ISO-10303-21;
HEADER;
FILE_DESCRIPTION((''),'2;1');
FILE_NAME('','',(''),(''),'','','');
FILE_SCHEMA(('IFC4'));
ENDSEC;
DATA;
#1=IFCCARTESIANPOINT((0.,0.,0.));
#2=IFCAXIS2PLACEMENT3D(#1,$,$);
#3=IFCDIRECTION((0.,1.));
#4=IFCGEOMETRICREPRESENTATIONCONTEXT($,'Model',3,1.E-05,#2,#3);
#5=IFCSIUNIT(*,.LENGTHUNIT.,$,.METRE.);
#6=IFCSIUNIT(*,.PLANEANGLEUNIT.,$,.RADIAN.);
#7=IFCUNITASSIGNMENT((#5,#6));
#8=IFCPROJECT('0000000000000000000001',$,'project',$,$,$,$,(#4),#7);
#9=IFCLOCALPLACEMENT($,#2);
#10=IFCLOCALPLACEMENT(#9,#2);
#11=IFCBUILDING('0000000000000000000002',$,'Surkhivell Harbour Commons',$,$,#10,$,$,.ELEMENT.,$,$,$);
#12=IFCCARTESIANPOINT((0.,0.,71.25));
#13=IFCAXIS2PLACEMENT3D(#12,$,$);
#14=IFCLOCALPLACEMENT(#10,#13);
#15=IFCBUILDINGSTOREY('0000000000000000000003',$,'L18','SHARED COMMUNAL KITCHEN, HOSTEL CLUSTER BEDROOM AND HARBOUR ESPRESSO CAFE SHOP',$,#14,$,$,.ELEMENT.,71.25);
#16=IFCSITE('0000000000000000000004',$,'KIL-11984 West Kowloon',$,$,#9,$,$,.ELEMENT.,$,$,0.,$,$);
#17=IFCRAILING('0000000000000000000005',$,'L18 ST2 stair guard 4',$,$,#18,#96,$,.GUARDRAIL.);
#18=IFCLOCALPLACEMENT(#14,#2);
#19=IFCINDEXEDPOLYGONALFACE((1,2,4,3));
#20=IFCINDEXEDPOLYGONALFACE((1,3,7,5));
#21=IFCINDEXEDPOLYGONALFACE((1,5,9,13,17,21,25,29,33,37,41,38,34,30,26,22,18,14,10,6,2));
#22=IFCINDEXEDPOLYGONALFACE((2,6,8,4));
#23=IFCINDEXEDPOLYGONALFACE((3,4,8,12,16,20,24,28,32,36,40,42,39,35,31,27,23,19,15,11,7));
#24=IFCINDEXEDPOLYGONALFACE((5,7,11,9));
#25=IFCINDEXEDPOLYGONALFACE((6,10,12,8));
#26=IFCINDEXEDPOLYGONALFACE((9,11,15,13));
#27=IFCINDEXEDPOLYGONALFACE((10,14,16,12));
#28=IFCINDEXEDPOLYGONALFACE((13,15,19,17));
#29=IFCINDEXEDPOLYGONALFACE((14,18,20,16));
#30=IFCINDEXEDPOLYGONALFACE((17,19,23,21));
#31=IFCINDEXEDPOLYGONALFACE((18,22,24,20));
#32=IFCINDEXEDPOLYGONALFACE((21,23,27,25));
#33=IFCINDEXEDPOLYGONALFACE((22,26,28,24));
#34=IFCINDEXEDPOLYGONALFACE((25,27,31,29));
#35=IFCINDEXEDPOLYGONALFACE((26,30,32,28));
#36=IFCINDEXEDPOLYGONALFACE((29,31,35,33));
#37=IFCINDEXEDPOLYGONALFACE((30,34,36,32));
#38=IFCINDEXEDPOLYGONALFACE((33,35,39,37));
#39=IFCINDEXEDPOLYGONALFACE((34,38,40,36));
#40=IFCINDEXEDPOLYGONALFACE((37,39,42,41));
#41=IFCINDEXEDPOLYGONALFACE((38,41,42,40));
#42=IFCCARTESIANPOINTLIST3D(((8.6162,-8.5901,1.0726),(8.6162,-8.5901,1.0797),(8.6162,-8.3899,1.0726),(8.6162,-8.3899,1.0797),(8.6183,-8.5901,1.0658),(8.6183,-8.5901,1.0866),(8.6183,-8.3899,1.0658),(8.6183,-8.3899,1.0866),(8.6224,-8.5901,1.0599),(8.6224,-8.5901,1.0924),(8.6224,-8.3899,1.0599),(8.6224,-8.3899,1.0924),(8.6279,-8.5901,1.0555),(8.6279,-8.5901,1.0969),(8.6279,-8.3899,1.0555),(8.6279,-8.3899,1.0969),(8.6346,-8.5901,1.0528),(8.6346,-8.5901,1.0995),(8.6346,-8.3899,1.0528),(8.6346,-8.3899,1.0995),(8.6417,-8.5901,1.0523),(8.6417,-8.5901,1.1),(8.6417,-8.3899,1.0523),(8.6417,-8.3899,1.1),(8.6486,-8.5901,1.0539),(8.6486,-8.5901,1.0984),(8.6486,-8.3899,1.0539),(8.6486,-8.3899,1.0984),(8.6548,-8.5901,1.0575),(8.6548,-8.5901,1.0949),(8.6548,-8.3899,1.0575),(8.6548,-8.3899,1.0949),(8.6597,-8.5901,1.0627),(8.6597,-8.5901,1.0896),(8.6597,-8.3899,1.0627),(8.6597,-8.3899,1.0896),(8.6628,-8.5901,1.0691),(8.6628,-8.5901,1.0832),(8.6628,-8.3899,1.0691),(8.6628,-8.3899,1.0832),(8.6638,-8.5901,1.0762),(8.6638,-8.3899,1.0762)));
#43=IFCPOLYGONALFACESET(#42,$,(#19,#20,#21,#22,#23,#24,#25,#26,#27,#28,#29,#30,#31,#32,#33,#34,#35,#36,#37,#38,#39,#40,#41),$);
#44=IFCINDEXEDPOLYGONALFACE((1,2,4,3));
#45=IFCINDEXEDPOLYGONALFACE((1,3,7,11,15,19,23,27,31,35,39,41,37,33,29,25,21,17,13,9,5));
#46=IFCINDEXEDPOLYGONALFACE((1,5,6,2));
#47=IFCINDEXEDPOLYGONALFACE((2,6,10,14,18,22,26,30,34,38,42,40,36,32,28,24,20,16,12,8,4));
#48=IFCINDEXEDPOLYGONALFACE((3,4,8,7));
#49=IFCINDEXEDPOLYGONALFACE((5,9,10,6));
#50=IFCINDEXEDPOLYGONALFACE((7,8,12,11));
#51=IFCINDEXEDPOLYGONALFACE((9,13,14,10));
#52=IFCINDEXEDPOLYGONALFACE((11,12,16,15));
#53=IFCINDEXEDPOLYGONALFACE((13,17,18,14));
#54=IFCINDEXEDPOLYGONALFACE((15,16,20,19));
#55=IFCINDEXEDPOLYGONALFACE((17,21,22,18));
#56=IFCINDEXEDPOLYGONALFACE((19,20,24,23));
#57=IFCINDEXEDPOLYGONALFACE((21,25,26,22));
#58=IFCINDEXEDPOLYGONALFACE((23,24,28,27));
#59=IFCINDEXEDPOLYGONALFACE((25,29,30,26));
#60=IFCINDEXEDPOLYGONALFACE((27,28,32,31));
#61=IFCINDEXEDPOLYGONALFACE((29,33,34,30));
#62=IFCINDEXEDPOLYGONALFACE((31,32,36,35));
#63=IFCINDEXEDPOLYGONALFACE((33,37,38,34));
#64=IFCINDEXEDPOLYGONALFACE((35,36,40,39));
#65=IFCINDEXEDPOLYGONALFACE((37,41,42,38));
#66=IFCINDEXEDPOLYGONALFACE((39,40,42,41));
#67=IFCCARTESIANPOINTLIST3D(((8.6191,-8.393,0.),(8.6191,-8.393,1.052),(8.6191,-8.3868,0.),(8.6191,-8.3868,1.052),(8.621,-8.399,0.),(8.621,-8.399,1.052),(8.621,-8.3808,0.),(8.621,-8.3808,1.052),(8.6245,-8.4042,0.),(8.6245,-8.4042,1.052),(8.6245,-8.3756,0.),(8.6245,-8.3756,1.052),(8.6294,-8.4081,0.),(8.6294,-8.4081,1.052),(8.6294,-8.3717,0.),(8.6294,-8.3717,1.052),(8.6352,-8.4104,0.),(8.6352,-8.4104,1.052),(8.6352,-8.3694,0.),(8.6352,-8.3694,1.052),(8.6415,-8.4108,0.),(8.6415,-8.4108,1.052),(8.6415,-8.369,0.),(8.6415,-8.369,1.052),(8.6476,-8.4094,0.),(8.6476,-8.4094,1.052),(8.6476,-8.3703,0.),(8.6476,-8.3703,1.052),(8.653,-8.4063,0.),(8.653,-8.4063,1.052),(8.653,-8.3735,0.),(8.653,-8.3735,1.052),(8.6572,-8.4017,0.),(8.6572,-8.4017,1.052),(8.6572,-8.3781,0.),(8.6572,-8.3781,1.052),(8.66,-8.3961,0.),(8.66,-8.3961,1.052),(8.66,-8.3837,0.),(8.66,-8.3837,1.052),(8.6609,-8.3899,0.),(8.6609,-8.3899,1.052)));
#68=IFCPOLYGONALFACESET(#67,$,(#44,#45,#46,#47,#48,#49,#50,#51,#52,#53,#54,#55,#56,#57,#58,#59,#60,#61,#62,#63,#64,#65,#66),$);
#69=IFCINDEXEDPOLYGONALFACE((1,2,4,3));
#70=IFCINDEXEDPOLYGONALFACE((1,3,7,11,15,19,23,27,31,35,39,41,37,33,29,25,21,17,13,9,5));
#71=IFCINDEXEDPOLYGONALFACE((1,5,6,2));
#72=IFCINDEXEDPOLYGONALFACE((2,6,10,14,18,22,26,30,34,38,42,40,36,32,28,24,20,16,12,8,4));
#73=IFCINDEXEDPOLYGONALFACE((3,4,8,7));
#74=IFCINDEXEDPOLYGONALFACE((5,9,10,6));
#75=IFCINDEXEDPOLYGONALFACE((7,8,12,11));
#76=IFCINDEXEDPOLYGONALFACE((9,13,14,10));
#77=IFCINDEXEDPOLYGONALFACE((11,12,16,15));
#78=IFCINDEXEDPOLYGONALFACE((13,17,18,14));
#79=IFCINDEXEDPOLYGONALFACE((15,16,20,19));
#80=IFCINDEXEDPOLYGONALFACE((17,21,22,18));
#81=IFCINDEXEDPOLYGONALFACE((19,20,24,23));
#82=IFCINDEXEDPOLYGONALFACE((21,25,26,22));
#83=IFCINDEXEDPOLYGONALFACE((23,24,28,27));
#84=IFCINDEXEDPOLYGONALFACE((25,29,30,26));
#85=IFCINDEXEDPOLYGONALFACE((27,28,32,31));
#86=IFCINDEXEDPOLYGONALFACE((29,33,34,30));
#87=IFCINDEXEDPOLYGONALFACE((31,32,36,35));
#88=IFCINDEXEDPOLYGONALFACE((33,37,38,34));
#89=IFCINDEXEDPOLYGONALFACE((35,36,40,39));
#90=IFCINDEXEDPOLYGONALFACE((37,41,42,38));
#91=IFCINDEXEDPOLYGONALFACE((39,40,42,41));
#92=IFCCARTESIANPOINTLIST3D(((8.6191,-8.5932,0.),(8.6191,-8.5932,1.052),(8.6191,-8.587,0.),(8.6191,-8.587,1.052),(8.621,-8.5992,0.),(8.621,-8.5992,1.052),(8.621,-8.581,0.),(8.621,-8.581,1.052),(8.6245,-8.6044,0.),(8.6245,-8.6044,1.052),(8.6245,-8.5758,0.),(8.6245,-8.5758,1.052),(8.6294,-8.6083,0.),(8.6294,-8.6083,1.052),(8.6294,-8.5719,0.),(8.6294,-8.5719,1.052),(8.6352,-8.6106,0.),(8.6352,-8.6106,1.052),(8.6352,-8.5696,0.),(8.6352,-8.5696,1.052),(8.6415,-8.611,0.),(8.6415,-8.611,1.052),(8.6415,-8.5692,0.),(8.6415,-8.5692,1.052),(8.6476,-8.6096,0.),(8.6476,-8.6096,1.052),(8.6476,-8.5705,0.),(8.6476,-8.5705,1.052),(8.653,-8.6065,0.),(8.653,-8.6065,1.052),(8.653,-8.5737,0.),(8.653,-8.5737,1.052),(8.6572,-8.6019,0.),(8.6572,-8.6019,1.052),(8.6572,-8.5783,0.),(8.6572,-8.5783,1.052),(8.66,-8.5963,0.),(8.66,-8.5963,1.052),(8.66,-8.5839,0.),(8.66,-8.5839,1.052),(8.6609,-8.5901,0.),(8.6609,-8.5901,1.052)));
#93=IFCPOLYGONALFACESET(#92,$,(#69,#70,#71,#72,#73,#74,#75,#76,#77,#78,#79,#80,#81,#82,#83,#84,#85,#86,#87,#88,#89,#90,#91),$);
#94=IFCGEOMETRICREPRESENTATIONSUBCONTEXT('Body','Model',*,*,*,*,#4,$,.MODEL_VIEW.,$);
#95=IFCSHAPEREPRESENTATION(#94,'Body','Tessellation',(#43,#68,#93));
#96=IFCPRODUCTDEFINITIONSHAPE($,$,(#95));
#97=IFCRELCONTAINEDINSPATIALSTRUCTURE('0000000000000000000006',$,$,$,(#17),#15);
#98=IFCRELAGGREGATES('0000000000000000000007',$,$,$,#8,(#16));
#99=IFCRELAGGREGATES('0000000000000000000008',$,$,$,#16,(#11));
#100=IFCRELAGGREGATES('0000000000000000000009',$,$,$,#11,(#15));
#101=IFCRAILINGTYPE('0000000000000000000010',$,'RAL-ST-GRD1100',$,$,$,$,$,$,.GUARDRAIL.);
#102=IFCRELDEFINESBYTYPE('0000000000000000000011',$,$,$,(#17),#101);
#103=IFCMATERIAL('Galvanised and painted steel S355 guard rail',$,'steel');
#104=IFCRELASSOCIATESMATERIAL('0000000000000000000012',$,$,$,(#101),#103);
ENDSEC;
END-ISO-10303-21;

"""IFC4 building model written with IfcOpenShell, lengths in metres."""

from ifc_helpers import new_model, si_unit, direction, frame, origin, origin_2d, place, context, subcontext, project, spatial, circle, extrude, material, type_object, element, save


model = new_model("IFC4")

# Units and contexts
model_context = context("Model", 3, precision=1e-05, world=origin(), true_north=direction((0.0, 1.0)))
body_context = subcontext(model_context, "Body", "Model", "MODEL_VIEW")
ifc_project = project(units=[si_unit("LENGTHUNIT", "METRE"), si_unit("PLANEANGLEUNIT", "RADIAN")], contexts=[model_context])

# Site, building, storey
site_placement = place(None, origin())
site = spatial("IfcSite", under=ifc_project, at=site_placement, Name="KIL-11984 West Kowloon", CompositionType="ELEMENT", RefElevation=0.0)
building_placement = place(site_placement, origin())
building = spatial("IfcBuilding", under=site, at=building_placement, Name="Surkhivell Harbour Commons", CompositionType="ELEMENT")
storey_placement = place(building_placement, frame((0.0, 0.0, 71.25)))
storey = spatial("IfcBuildingStorey", under=building, at=storey_placement, Name="L18", Description="SHARED COMMUNAL KITCHEN, HOSTEL CLUSTER BEDROOM AND HARBOUR ESPRESSO CAFE SHOP", CompositionType="ELEMENT", Elevation=71.25)

# Railing
ifc_material_1 = material(Name="Galvanised and painted steel S355 guard rail", Category="steel")
railing_type_1 = type_object("IfcRailingType", Name="RAL-ST-GRD1100", PredefinedType="GUARDRAIL", material=ifc_material_1)
railing_1_placement = place(storey_placement, frame((8.6399, -8.3899, 0.0)))
element("IfcRailing", 1, at=railing_1_placement, inside=storey, type_object=railing_type_1, Name="L18 ST2 stair guard 4", PredefinedType="GUARDRAIL", context=body_context, shape_type="SweptSolid", body=[
    extrude(circle(Radius=0.0239, at=origin_2d()), frame((0.0, 0.0, 1.0762), z_axis=(0.0, -1.0, 0.0), x_axis=(1.0, 0.0, 0.0)), (0.0, 0.0, 1.0), 0.2002),
    extrude(circle(Radius=0.021, at=origin_2d()), origin(), (0.0, 0.0, 1.0), 1.052),
    extrude(circle(Radius=0.021, at=origin_2d()), frame((0.0, -0.2002, 0.0)), (0.0, 0.0, 1.0), 1.052),
])

save(model, "model.ifc")
